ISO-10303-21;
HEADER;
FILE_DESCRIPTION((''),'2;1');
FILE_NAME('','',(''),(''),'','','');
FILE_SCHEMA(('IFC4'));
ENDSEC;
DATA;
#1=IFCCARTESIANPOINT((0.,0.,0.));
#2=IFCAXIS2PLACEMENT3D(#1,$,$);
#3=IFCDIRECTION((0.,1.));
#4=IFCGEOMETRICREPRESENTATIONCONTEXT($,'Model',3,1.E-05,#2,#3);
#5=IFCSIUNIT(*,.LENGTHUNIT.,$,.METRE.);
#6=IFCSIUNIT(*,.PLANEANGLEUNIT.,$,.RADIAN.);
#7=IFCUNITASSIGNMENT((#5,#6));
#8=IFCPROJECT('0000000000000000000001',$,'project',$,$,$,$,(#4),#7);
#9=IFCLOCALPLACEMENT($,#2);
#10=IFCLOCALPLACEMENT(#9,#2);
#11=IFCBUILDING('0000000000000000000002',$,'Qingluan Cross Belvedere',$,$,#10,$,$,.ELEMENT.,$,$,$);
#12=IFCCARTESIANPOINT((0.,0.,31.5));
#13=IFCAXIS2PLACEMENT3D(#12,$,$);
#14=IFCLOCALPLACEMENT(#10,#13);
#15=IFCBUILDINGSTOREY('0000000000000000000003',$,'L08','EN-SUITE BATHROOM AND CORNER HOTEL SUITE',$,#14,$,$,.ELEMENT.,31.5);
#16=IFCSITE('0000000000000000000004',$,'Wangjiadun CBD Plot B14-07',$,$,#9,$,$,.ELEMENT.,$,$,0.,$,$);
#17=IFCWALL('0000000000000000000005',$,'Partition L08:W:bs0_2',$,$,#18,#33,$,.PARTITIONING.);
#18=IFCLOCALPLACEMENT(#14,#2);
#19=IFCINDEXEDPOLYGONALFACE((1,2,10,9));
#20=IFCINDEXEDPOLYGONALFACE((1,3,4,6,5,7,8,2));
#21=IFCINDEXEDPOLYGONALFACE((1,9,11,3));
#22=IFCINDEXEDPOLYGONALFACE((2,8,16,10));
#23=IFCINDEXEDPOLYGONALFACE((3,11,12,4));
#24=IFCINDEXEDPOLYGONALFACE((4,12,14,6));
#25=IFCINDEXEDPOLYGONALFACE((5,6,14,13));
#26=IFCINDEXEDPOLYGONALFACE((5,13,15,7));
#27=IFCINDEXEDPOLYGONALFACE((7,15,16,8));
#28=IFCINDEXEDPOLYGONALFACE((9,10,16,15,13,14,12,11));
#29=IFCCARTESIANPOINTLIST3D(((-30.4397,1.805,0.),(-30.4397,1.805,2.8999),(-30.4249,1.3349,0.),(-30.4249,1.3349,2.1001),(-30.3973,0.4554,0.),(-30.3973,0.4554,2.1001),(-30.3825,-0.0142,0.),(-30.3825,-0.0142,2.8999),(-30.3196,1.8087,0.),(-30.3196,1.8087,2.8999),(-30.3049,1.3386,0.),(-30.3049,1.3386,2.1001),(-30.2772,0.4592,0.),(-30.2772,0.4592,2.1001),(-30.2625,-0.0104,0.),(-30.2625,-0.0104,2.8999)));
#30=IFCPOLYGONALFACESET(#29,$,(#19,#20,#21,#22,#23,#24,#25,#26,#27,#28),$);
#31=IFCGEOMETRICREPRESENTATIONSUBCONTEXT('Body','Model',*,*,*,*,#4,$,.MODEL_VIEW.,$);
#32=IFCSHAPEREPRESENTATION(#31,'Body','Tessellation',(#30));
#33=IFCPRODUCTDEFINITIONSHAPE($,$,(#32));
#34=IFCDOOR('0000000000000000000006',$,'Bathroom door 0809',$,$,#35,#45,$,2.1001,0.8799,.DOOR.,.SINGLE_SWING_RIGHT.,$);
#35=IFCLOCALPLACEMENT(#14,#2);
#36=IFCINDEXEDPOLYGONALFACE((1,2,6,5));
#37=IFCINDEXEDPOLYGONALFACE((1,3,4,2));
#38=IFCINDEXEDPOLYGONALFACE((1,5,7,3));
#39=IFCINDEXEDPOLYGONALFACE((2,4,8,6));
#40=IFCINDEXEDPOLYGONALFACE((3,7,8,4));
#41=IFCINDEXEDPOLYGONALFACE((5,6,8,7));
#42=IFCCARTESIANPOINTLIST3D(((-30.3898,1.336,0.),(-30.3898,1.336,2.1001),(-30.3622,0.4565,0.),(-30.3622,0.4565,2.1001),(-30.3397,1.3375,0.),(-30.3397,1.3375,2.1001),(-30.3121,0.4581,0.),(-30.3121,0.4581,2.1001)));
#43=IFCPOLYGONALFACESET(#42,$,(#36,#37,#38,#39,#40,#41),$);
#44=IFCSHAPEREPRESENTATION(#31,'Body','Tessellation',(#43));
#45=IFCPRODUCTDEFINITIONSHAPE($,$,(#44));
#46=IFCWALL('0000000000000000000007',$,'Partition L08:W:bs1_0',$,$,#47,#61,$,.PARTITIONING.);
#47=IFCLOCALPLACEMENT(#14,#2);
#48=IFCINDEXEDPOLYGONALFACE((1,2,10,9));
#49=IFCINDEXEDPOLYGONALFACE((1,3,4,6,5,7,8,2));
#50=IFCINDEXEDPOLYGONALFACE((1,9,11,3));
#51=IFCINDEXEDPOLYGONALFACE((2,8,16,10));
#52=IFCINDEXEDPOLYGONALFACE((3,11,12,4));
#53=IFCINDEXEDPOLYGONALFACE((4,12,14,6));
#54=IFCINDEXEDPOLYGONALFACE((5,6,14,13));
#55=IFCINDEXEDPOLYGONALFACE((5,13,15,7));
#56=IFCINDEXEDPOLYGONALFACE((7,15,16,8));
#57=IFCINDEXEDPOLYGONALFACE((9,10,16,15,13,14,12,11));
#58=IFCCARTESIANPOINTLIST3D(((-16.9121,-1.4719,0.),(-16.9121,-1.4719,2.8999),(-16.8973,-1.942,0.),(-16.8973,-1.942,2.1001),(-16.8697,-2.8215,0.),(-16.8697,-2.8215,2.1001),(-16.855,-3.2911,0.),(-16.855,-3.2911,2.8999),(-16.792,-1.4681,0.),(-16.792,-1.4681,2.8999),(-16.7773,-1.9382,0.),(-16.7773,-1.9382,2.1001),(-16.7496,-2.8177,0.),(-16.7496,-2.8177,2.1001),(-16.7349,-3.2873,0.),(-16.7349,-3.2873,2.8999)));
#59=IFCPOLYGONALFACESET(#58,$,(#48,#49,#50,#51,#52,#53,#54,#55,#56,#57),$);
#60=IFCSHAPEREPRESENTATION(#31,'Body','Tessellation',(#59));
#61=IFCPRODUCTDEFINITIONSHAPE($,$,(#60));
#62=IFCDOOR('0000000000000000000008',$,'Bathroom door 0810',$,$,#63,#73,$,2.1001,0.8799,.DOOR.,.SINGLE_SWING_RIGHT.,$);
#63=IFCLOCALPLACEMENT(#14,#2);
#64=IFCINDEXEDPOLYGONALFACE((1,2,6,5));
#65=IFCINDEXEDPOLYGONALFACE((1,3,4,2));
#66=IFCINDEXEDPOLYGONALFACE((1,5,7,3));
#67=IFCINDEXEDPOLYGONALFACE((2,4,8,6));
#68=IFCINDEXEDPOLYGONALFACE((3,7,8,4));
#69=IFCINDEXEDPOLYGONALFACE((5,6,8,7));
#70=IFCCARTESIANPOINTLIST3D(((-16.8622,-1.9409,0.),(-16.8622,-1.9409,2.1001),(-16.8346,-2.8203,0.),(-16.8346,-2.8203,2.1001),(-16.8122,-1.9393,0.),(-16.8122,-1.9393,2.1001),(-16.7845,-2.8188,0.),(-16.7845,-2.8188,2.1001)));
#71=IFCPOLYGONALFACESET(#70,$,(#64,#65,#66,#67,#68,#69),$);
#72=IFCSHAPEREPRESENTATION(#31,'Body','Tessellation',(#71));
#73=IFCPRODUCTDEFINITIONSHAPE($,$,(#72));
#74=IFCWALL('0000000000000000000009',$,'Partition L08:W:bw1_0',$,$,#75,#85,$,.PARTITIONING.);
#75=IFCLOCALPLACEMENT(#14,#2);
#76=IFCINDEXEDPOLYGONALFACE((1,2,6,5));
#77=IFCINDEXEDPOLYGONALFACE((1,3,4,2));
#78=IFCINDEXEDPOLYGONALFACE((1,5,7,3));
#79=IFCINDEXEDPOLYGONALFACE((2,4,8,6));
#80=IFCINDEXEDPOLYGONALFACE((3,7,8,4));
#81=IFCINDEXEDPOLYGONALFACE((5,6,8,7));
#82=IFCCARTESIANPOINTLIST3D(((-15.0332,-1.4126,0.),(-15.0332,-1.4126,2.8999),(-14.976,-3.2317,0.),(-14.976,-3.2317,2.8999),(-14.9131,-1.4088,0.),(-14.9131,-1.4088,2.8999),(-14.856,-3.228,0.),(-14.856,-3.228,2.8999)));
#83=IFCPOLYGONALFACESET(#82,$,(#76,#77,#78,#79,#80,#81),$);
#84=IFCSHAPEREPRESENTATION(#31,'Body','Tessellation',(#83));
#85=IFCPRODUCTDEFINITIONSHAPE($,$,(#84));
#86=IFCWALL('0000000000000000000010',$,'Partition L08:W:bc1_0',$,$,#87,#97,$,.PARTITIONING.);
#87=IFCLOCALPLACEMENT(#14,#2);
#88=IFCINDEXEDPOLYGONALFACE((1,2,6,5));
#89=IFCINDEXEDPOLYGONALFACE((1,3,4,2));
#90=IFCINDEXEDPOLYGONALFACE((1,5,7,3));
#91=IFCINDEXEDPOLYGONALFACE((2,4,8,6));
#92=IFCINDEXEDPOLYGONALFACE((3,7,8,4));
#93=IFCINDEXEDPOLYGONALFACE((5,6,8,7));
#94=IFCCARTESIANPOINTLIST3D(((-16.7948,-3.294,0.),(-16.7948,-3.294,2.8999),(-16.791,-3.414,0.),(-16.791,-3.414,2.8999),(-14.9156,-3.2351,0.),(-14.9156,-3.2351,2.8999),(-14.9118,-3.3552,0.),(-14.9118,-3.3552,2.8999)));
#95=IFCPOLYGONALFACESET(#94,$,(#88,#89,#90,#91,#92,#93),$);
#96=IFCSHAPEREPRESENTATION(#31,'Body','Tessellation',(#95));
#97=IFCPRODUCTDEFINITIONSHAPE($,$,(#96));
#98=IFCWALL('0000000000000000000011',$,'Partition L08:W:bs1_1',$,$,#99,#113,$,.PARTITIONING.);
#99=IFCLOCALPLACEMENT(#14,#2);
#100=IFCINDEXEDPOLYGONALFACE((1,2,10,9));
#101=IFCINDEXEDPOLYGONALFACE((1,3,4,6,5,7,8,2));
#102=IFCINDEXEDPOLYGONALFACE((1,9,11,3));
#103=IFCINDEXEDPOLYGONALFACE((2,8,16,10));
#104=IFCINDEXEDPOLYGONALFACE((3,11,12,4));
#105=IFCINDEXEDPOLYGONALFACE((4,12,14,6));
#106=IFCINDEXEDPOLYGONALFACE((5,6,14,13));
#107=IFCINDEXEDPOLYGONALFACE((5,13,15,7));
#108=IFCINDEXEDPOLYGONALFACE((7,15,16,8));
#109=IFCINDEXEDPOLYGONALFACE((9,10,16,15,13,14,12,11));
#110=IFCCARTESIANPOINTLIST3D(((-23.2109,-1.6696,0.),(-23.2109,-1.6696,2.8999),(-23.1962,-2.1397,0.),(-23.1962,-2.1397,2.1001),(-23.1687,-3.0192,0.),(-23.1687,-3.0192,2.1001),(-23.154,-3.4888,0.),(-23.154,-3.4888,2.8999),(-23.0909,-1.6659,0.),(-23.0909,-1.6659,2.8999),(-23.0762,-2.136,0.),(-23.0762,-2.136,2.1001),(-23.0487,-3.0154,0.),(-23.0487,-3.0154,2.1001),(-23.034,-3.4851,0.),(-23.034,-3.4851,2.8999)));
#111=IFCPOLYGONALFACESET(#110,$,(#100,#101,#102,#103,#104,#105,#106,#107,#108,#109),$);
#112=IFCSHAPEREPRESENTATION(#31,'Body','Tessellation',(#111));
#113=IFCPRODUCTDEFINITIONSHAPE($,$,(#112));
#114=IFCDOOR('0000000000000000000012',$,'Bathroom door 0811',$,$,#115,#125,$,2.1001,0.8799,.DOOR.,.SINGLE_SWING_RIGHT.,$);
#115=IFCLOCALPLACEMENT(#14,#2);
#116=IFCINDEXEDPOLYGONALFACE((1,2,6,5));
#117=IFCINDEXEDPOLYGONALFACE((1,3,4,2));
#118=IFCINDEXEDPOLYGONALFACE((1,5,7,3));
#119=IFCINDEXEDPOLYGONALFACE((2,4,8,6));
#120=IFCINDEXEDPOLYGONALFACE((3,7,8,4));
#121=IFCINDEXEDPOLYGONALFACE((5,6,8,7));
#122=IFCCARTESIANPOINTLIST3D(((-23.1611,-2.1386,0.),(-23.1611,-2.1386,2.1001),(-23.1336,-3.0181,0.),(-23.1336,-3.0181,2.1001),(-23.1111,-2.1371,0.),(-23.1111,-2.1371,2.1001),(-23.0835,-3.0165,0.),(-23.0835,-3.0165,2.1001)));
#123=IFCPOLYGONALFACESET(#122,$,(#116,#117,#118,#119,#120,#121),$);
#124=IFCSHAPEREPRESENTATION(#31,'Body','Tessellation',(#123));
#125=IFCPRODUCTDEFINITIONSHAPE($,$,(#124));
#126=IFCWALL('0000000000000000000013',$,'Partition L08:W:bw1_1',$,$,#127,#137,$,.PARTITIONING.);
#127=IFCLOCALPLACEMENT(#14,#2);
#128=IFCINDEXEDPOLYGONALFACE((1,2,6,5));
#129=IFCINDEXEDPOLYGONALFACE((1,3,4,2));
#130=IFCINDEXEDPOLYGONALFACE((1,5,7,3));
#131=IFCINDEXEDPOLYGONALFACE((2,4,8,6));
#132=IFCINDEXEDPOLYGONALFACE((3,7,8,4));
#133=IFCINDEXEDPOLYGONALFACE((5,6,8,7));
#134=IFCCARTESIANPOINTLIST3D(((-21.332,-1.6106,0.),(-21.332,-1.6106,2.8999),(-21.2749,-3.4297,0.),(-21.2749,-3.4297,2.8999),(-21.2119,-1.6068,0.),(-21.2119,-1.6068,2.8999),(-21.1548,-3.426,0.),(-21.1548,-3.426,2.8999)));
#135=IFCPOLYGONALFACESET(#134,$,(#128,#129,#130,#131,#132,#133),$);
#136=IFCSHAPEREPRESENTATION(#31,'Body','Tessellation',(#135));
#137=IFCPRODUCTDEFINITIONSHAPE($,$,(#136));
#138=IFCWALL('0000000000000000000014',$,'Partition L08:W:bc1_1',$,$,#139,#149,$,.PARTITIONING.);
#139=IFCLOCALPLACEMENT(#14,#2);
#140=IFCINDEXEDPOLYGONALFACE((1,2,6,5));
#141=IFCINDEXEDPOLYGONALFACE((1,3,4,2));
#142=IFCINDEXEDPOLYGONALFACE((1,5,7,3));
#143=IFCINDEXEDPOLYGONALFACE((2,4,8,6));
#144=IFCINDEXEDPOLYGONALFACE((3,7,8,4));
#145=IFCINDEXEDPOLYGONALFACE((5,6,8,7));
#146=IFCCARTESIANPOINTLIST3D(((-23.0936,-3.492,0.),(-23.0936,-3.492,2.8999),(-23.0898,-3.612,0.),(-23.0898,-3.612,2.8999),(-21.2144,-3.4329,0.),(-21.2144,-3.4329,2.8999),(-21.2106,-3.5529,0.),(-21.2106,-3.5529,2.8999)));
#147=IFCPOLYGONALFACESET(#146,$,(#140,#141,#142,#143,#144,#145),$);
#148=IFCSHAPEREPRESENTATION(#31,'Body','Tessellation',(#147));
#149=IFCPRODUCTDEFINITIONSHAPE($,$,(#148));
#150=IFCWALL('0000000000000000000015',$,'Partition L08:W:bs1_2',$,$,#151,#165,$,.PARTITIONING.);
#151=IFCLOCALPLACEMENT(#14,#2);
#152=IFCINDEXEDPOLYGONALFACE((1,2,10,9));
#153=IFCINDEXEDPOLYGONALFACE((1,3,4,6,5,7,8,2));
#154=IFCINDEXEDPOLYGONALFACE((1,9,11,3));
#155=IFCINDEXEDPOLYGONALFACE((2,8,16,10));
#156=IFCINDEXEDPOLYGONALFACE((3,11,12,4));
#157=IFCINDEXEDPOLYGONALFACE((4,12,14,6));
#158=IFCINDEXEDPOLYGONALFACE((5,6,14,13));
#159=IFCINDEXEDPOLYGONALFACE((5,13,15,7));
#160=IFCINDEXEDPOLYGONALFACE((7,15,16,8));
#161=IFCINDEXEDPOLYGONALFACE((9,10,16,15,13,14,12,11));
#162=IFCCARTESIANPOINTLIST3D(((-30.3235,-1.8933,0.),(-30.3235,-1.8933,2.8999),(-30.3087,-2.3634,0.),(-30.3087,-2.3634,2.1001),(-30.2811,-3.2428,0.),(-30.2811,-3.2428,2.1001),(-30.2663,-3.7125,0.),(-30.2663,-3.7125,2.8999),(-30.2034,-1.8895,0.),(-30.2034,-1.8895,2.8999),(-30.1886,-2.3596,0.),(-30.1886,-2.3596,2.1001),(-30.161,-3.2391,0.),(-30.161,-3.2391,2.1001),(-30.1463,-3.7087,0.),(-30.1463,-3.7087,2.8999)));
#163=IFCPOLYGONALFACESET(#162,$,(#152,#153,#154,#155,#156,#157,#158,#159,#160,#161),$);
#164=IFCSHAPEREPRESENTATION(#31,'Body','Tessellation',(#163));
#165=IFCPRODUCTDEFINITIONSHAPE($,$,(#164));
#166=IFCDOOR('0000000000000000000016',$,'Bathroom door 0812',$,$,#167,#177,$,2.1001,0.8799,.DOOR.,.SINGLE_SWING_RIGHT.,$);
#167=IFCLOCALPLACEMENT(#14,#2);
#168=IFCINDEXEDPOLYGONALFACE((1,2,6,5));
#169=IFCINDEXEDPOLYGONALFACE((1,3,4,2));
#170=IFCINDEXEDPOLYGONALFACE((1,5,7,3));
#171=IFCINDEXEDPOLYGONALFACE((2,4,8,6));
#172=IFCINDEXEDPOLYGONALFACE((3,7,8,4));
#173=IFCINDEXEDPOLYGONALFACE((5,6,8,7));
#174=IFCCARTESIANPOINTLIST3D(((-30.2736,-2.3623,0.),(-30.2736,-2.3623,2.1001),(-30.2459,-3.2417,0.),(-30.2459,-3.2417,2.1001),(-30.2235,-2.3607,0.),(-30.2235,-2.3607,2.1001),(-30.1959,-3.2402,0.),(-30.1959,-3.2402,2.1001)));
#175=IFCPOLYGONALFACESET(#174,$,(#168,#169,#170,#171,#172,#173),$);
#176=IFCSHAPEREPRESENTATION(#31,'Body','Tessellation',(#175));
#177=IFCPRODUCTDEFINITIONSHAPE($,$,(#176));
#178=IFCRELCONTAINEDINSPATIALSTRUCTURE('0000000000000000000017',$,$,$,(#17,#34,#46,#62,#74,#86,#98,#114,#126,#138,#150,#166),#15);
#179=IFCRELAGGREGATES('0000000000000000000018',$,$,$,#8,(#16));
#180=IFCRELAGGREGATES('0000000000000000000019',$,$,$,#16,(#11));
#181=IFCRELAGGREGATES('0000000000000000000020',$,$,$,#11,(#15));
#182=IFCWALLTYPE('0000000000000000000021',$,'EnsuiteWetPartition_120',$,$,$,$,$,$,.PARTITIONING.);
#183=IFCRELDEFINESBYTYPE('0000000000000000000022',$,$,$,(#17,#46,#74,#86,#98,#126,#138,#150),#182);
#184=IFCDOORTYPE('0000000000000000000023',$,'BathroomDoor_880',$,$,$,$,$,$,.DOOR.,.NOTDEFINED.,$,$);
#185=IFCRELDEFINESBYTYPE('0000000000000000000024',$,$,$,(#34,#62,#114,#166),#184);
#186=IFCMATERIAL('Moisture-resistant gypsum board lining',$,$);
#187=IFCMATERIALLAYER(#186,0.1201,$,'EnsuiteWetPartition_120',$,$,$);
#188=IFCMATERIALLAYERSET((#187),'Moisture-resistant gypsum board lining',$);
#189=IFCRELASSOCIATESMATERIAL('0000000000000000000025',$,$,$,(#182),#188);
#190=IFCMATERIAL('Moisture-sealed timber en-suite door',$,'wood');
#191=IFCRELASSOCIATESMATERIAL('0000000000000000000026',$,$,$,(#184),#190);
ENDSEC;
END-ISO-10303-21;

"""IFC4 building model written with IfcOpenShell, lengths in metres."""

from ifc_helpers import new_model, si_unit, direction, frame, frame_2d, origin, place, context, subcontext, project, spatial, rectangle, extrude, material, layer, layer_set, type_object, element, fill, save


model = new_model("IFC4")

# Units and contexts
model_context = context("Model", 3, precision=1e-05, world=origin(), true_north=direction((0.0, 1.0)))
body_context = subcontext(model_context, "Body", "Model", "MODEL_VIEW")
ifc_project = project(units=[si_unit("LENGTHUNIT", "METRE"), si_unit("PLANEANGLEUNIT", "RADIAN")], contexts=[model_context])

# Site, building, storey
site_placement = place(None, origin())
site = spatial("IfcSite", under=ifc_project, at=site_placement, Name="Wangjiadun CBD Plot B14-07", CompositionType="ELEMENT", RefElevation=0.0)
building_placement = place(site_placement, origin())
building = spatial("IfcBuilding", under=site, at=building_placement, Name="Qingluan Cross Belvedere", CompositionType="ELEMENT")
storey_placement = place(building_placement, frame((0.0, 0.0, 31.5)))
storey = spatial("IfcBuildingStorey", under=building, at=storey_placement, Name="L08", Description="EN-SUITE BATHROOM AND CORNER HOTEL SUITE", CompositionType="ELEMENT", Elevation=31.5)

# Walls, openings, doors
ifc_material_1 = material(Name="Moisture-resistant gypsum board lining")
ifc_layer_1 = layer(ifc_material_1, 0.1201, Name="EnsuiteWetPartition_120")
ifc_layer_set_1 = layer_set([ifc_layer_1], Name="Moisture-resistant gypsum board lining")
wall_type_1 = type_object("IfcWallType", Name="EnsuiteWetPartition_120", PredefinedType="PARTITIONING", material=ifc_layer_set_1)
wall_1_placement = place(storey_placement, frame((-30.3225, -0.0125, 0.0), z_axis=(0.0, 0.0, 1.0), x_axis=(-0.03139, 0.999507, 0.0)))
wall_1 = element("IfcWall", 1, at=wall_1_placement, inside=storey, type_object=wall_type_1, Name="Partition L08:W:bs0_2", PredefinedType="PARTITIONING", context=body_context, shape_type="SweptSolid", body=[
    extrude(rectangle(XDim=1.8201, YDim=0.1201, at=frame_2d((0.9102, 0.0))), origin(), (0.0, 0.0, 1.0), 2.8999),
])
opening_1_placement = place(wall_1_placement, frame((0.47, 0.0, 0.0)))
opening_1 = element("IfcOpeningElement", 2, at=opening_1_placement, cuts=wall_1, PredefinedType="OPENING", context=body_context, shape_type="SweptSolid", body=[
    extrude(rectangle(XDim=0.8799, YDim=2.1001, at=frame_2d((0.4399, 1.05))), frame((0.0, 0.0701, 0.0), z_axis=(0.0, -1.0, 0.0), x_axis=(1.0, 0.0, 0.0)), (0.0, 0.0, 1.0), 0.1401),
])
ifc_material_2 = material(Name="Moisture-sealed timber en-suite door", Category="wood")
door_type_1 = type_object("IfcDoorType", Name="BathroomDoor_880", OperationType="NOTDEFINED", PredefinedType="DOOR", material=ifc_material_2)
door_1_placement = place(opening_1_placement, origin())
door_1 = element("IfcDoor", 3, at=door_1_placement, inside=storey, type_object=door_type_1, Name="Bathroom door 0809", OperationType="SINGLE_SWING_RIGHT", OverallHeight=2.1001, OverallWidth=0.8799, PredefinedType="DOOR", context=body_context, shape_type="SweptSolid", body=[
    extrude(rectangle(XDim=0.8799, YDim=2.1001, at=frame_2d((0.4399, 1.05))), frame((0.0, 0.0249, 0.0), z_axis=(0.0, -1.0, 0.0), x_axis=(1.0, 0.0, 0.0)), (0.0, 0.0, 1.0), 0.05),
])
fill(opening_1, door_1)
wall_2_placement = place(storey_placement, frame((-16.7949, -3.2893, 0.0), z_axis=(0.0, 0.0, 1.0), x_axis=(-0.03139, 0.999507, 0.0)))
wall_2 = element("IfcWall", 4, at=wall_2_placement, inside=storey, type_object=wall_type_1, Name="Partition L08:W:bs1_0", PredefinedType="PARTITIONING", context=body_context, shape_type="SweptSolid", body=[
    extrude(rectangle(XDim=1.8201, YDim=0.1201, at=frame_2d((0.9102, 0.0))), origin(), (0.0, 0.0, 1.0), 2.8999),
])
opening_2_placement = place(wall_2_placement, frame((0.47, 0.0, 0.0)))
opening_2 = element("IfcOpeningElement", 5, at=opening_2_placement, cuts=wall_2, PredefinedType="OPENING", context=body_context, shape_type="SweptSolid", body=[
    extrude(rectangle(XDim=0.8799, YDim=2.1001, at=frame_2d((0.4399, 1.05))), frame((0.0, 0.0701, 0.0), z_axis=(0.0, -1.0, 0.0), x_axis=(1.0, 0.0, 0.0)), (0.0, 0.0, 1.0), 0.1401),
])
door_2_placement = place(opening_2_placement, origin())
door_2 = element("IfcDoor", 6, at=door_2_placement, inside=storey, type_object=door_type_1, Name="Bathroom door 0810", OperationType="SINGLE_SWING_RIGHT", OverallHeight=2.1001, OverallWidth=0.8799, PredefinedType="DOOR", context=body_context, shape_type="SweptSolid", body=[
    extrude(rectangle(XDim=0.8799, YDim=2.1001, at=frame_2d((0.4399, 1.05))), frame((0.0, 0.0249, 0.0), z_axis=(0.0, -1.0, 0.0), x_axis=(1.0, 0.0, 0.0)), (0.0, 0.0, 1.0), 0.05),
])
fill(opening_2, door_2)

# Walls
wall_3_placement = place(storey_placement, frame((-14.916, -3.23, 0.0), z_axis=(0.0, 0.0, 1.0), x_axis=(-0.03139, 0.999507, 0.0)))
element("IfcWall", 7, at=wall_3_placement, inside=storey, type_object=wall_type_1, Name="Partition L08:W:bw1_0", PredefinedType="PARTITIONING", context=body_context, shape_type="SweptSolid", body=[
    extrude(rectangle(XDim=1.8201, YDim=0.1201, at=frame_2d((0.9102, 0.0))), origin(), (0.0, 0.0, 1.0), 2.8999),
])
wall_4_placement = place(storey_placement, frame((-14.9138, -3.2952, 0.0), z_axis=(0.0, 0.0, 1.0), x_axis=(-0.99951, -0.031296, 0.0)))
element("IfcWall", 8, at=wall_4_placement, inside=storey, type_object=wall_type_1, Name="Partition L08:W:bc1_0", PredefinedType="PARTITIONING", context=body_context, shape_type="SweptSolid", body=[
    extrude(rectangle(XDim=1.8801, YDim=0.1201, at=frame_2d((0.9399, 0.0))), origin(), (0.0, 0.0, 1.0), 2.8999),
])

# Wall, opening, door
wall_5_placement = place(storey_placement, frame((-23.094, -3.4871, 0.0), z_axis=(0.0, 0.0, 1.0), x_axis=(-0.031256, 0.999511, 0.0)))
wall_5 = element("IfcWall", 9, at=wall_5_placement, inside=storey, type_object=wall_type_1, Name="Partition L08:W:bs1_1", PredefinedType="PARTITIONING", context=body_context, shape_type="SweptSolid", body=[
    extrude(rectangle(XDim=1.8201, YDim=0.1201, at=frame_2d((0.9102, 0.0))), origin(), (0.0, 0.0, 1.0), 2.8999),
])
opening_3_placement = place(wall_5_placement, frame((0.47, 0.0, 0.0)))
opening_3 = element("IfcOpeningElement", 10, at=opening_3_placement, cuts=wall_5, PredefinedType="OPENING", context=body_context, shape_type="SweptSolid", body=[
    extrude(rectangle(XDim=0.8799, YDim=2.1001, at=frame_2d((0.4399, 1.05))), frame((0.0, 0.0701, 0.0), z_axis=(0.0, -1.0, 0.0), x_axis=(1.0, 0.0, 0.0)), (0.0, 0.0, 1.0), 0.1401),
])
door_3_placement = place(opening_3_placement, origin())
door_3 = element("IfcDoor", 11, at=door_3_placement, inside=storey, type_object=door_type_1, Name="Bathroom door 0811", OperationType="SINGLE_SWING_RIGHT", OverallHeight=2.1001, OverallWidth=0.8799, PredefinedType="DOOR", context=body_context, shape_type="SweptSolid", body=[
    extrude(rectangle(XDim=0.8799, YDim=2.1001, at=frame_2d((0.4399, 1.05))), frame((0.0, 0.0249, 0.0), z_axis=(0.0, -1.0, 0.0), x_axis=(1.0, 0.0, 0.0)), (0.0, 0.0, 1.0), 0.05),
])
fill(opening_3, door_3)

# Walls
wall_6_placement = place(storey_placement, frame((-21.2148, -3.428, 0.0), z_axis=(0.0, 0.0, 1.0), x_axis=(-0.03139, 0.999507, 0.0)))
element("IfcWall", 12, at=wall_6_placement, inside=storey, type_object=wall_type_1, Name="Partition L08:W:bw1_1", PredefinedType="PARTITIONING", context=body_context, shape_type="SweptSolid", body=[
    extrude(rectangle(XDim=1.8201, YDim=0.1201, at=frame_2d((0.9102, 0.0))), origin(), (0.0, 0.0, 1.0), 2.8999),
])
wall_7_placement = place(storey_placement, frame((-21.2126, -3.4929, 0.0), z_axis=(0.0, 0.0, 1.0), x_axis=(-0.999506, -0.031425, 0.0)))
element("IfcWall", 13, at=wall_7_placement, inside=storey, type_object=wall_type_1, Name="Partition L08:W:bc1_1", PredefinedType="PARTITIONING", context=body_context, shape_type="SweptSolid", body=[
    extrude(rectangle(XDim=1.8801, YDim=0.1201, at=frame_2d((0.9399, 0.0))), origin(), (0.0, 0.0, 1.0), 2.8999),
])

# Wall, opening, door
wall_8_placement = place(storey_placement, frame((-30.2063, -3.7107, 0.0), z_axis=(0.0, 0.0, 1.0), x_axis=(-0.03139, 0.999507, 0.0)))
wall_8 = element("IfcWall", 14, at=wall_8_placement, inside=storey, type_object=wall_type_1, Name="Partition L08:W:bs1_2", PredefinedType="PARTITIONING", context=body_context, shape_type="SweptSolid", body=[
    extrude(rectangle(XDim=1.8201, YDim=0.1201, at=frame_2d((0.9102, 0.0))), origin(), (0.0, 0.0, 1.0), 2.8999),
])
opening_4_placement = place(wall_8_placement, frame((0.47, 0.0, 0.0)))
opening_4 = element("IfcOpeningElement", 15, at=opening_4_placement, cuts=wall_8, PredefinedType="OPENING", context=body_context, shape_type="SweptSolid", body=[
    extrude(rectangle(XDim=0.8799, YDim=2.1001, at=frame_2d((0.4399, 1.05))), frame((0.0, 0.0701, 0.0), z_axis=(0.0, -1.0, 0.0), x_axis=(1.0, 0.0, 0.0)), (0.0, 0.0, 1.0), 0.1401),
])
door_4_placement = place(opening_4_placement, origin())
door_4 = element("IfcDoor", 16, at=door_4_placement, inside=storey, type_object=door_type_1, Name="Bathroom door 0812", OperationType="SINGLE_SWING_RIGHT", OverallHeight=2.1001, OverallWidth=0.8799, PredefinedType="DOOR", context=body_context, shape_type="SweptSolid", body=[
    extrude(rectangle(XDim=0.8799, YDim=2.1001, at=frame_2d((0.4399, 1.05))), frame((0.0, 0.0249, 0.0), z_axis=(0.0, -1.0, 0.0), x_axis=(1.0, 0.0, 0.0)), (0.0, 0.0, 1.0), 0.05),
])
fill(opening_4, door_4)

save(model, "model.ifc")
